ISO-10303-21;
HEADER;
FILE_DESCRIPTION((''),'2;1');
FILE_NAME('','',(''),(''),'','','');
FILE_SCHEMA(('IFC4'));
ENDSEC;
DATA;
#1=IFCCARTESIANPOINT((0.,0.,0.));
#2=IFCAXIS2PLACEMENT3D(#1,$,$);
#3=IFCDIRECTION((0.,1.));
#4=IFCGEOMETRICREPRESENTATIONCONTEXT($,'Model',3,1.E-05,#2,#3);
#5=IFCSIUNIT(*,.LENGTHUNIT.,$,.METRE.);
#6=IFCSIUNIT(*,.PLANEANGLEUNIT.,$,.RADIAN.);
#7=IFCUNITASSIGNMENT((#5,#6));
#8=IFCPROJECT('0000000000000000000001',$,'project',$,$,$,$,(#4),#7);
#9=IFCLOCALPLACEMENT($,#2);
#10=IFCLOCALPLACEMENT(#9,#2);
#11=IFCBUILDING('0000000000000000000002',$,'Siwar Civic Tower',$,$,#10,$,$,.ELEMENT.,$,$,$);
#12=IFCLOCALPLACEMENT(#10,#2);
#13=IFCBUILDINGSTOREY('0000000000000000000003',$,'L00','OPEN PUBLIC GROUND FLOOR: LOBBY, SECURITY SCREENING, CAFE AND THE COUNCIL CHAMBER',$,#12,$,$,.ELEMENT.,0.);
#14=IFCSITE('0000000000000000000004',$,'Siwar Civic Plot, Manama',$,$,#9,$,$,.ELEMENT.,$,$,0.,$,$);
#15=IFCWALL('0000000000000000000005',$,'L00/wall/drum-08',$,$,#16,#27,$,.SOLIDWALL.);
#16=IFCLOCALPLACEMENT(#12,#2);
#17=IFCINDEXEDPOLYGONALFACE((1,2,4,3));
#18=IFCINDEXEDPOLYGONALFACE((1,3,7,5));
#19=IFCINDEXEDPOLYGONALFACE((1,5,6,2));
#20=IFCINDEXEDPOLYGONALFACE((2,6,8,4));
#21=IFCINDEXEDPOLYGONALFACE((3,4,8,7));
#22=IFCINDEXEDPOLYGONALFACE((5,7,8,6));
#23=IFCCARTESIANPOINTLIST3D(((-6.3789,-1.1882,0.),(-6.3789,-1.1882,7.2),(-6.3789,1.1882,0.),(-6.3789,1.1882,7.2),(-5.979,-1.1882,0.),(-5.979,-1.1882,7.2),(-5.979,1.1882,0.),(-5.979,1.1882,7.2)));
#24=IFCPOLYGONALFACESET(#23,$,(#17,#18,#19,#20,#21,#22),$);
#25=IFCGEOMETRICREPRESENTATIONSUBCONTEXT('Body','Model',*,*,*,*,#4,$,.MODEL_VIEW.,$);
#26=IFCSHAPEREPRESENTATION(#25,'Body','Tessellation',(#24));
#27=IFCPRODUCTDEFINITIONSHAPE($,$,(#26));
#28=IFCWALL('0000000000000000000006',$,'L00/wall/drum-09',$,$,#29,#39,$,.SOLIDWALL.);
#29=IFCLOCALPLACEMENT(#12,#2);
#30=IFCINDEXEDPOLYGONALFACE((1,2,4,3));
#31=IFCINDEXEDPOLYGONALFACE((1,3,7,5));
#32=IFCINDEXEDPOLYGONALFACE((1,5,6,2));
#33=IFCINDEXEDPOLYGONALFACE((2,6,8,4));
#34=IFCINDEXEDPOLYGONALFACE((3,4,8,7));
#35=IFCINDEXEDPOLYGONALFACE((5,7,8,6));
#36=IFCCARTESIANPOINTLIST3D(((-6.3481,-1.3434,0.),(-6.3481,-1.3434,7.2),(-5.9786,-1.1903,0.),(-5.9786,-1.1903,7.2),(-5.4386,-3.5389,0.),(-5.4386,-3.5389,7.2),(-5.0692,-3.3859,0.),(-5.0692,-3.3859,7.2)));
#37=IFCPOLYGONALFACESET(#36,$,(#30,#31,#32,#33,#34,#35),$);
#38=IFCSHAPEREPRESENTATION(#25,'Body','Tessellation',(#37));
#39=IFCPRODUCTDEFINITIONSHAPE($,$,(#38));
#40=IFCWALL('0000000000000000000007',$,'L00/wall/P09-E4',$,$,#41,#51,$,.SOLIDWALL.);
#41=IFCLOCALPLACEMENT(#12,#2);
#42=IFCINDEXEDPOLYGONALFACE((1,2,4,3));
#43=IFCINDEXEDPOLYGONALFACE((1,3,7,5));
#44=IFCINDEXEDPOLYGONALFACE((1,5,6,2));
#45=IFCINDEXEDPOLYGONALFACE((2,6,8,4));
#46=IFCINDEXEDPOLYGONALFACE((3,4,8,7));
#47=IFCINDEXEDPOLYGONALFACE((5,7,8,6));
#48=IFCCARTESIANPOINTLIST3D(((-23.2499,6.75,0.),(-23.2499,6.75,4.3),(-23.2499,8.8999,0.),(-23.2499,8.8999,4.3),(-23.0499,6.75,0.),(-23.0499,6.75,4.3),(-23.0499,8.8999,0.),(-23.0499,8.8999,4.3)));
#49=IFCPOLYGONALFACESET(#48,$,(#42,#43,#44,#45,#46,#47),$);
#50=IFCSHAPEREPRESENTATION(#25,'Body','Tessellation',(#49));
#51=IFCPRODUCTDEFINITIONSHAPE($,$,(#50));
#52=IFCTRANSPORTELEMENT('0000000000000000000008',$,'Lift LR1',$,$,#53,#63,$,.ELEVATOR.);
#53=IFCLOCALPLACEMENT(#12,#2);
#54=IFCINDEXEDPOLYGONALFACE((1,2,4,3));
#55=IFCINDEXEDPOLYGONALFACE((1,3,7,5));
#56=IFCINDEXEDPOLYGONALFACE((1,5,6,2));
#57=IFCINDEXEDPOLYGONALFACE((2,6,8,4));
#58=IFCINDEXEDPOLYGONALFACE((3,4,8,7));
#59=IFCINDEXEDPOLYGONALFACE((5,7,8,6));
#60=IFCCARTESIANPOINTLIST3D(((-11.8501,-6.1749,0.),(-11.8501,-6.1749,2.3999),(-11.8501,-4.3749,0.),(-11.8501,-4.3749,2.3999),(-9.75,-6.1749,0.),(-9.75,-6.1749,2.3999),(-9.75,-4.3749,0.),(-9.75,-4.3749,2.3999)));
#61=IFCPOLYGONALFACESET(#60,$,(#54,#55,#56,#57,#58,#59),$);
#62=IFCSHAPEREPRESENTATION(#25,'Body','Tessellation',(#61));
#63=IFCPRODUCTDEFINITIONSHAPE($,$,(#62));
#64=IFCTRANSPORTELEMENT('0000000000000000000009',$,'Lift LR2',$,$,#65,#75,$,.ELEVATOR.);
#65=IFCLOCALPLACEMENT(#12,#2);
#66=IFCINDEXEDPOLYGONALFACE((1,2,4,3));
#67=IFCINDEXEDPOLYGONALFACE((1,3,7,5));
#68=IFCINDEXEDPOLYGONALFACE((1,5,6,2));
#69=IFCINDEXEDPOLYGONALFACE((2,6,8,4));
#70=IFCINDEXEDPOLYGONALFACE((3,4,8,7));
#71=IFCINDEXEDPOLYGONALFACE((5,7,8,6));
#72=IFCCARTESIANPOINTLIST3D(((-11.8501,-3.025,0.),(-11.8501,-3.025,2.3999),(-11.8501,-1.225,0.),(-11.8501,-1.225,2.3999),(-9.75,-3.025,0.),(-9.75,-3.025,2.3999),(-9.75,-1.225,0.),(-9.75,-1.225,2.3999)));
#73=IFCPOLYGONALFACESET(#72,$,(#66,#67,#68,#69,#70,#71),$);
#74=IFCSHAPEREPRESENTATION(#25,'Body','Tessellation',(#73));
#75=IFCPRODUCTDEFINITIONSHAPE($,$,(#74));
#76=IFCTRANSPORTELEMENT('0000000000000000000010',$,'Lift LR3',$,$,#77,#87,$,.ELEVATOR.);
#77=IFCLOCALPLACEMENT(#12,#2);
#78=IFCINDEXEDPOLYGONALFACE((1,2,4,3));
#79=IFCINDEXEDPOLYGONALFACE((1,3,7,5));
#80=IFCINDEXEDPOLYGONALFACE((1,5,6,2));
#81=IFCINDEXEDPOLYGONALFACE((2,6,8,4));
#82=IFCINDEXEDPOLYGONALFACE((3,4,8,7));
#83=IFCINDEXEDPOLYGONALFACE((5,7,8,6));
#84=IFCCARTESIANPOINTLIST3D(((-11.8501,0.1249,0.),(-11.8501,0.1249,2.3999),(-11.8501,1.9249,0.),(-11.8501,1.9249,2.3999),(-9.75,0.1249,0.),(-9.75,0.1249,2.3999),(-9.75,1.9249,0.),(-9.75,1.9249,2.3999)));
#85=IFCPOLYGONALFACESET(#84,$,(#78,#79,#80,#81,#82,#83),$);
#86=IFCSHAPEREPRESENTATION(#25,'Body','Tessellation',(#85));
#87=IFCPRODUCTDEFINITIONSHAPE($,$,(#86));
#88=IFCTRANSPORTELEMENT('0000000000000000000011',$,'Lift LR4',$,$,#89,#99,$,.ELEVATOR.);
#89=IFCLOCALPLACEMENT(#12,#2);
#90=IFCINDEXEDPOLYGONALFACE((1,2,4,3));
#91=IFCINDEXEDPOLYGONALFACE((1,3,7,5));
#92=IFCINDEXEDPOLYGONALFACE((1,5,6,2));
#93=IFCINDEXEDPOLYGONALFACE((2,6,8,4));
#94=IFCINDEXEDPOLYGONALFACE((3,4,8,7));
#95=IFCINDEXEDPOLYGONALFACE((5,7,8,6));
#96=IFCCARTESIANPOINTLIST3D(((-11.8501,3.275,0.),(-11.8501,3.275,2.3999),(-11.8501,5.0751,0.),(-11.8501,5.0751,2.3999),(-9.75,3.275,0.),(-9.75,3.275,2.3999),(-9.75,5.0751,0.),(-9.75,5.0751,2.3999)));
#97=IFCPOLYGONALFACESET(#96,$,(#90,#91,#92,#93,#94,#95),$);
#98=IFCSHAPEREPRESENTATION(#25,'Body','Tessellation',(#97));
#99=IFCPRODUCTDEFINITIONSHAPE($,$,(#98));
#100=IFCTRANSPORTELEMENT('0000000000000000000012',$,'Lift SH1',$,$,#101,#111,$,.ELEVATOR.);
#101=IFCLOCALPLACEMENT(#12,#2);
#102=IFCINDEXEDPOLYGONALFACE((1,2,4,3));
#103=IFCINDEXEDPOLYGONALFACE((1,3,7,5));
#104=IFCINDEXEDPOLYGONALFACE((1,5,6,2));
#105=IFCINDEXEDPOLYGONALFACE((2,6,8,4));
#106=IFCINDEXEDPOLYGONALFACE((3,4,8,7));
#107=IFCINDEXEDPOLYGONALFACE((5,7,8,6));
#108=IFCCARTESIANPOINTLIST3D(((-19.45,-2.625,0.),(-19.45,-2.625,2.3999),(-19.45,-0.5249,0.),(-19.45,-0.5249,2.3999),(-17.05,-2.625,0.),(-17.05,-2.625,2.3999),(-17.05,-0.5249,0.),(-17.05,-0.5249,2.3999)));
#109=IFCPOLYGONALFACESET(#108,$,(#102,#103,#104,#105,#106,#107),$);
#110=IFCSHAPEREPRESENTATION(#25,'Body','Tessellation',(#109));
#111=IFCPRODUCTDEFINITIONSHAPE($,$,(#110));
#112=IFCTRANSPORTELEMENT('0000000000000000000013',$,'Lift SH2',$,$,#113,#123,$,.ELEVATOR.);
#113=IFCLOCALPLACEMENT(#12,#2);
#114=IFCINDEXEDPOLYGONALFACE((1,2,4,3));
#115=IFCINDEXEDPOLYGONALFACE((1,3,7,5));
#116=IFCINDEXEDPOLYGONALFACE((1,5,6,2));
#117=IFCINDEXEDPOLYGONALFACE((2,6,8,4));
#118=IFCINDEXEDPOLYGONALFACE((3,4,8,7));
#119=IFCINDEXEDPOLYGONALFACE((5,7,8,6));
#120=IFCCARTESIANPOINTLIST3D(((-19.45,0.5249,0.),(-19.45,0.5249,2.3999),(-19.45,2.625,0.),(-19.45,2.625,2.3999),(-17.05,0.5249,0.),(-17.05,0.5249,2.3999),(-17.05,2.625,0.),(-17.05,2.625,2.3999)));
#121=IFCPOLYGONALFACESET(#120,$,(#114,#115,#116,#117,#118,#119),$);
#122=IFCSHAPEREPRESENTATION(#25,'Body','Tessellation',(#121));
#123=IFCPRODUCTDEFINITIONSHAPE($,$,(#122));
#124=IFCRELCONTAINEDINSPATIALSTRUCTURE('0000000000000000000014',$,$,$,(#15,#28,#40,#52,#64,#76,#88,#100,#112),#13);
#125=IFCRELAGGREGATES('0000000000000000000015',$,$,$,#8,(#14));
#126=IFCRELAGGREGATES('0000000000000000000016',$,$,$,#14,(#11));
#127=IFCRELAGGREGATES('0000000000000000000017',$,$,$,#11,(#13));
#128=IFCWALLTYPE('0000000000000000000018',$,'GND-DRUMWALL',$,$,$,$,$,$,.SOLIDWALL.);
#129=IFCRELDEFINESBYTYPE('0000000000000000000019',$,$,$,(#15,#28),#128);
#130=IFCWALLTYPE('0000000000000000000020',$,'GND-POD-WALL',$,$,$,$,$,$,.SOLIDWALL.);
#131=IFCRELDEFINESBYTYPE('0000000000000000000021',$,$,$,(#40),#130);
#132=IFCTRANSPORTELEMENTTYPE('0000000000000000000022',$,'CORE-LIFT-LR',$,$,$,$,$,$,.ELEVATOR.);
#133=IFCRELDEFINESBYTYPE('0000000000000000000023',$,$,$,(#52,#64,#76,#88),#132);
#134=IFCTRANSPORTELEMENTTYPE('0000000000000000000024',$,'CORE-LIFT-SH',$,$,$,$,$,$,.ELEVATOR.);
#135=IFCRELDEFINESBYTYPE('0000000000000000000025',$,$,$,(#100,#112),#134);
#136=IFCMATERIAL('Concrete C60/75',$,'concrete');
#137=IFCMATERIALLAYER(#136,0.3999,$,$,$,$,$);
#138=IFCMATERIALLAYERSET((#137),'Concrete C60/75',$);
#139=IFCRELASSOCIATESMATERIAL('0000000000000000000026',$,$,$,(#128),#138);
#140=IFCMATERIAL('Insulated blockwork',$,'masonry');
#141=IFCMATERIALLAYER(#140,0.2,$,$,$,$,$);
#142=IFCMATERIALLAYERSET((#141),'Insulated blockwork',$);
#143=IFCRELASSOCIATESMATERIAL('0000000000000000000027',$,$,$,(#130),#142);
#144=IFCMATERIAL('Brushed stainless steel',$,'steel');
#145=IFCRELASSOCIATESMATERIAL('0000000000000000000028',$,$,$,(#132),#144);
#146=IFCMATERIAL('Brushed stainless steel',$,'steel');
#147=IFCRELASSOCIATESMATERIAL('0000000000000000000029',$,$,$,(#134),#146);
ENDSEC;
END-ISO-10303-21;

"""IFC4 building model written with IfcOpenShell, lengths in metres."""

from ifc_helpers import new_model, si_unit, direction, frame, frame_2d, origin, origin_2d, place, context, subcontext, project, spatial, rectangle, extrude, material, layer, layer_set, type_object, element, save


model = new_model("IFC4")

# Units and contexts
model_context = context("Model", 3, precision=1e-05, world=origin(), true_north=direction((0.0, 1.0)))
body_context = subcontext(model_context, "Body", "Model", "MODEL_VIEW")
ifc_project = project(units=[si_unit("LENGTHUNIT", "METRE"), si_unit("PLANEANGLEUNIT", "RADIAN")], contexts=[model_context])

# Site, building, storey
site_placement = place(None, origin())
site = spatial("IfcSite", under=ifc_project, at=site_placement, Name="Siwar Civic Plot, Manama", CompositionType="ELEMENT", RefElevation=0.0)
building_placement = place(site_placement, origin())
building = spatial("IfcBuilding", under=site, at=building_placement, Name="Siwar Civic Tower", CompositionType="ELEMENT")
storey_placement = place(building_placement, origin())
storey = spatial("IfcBuildingStorey", under=building, at=storey_placement, Name="L00", Description="OPEN PUBLIC GROUND FLOOR: LOBBY, SECURITY SCREENING, CAFE AND THE COUNCIL CHAMBER", CompositionType="ELEMENT", Elevation=0.0)

# Walls
ifc_material_1 = material(Name="Concrete C60/75", Category="concrete")
ifc_layer_1 = layer(ifc_material_1, 0.3999)
ifc_layer_set_1 = layer_set([ifc_layer_1], Name="Concrete C60/75")
wall_type_1 = type_object("IfcWallType", Name="GND-DRUMWALL", PredefinedType="SOLIDWALL", material=ifc_layer_set_1)
for number, where, z_axis, x_axis, name in (
    (1, (-6.179, 1.1882, 0.0), (0.0, 0.0, 1.0), (0.0, -1.0, 0.0), "L00/wall/drum-08"),
    (2, (-6.1633, -1.2668, 0.0), (0.0, 0.0, 1.0), (0.382681, -0.92388, 0.0), "L00/wall/drum-09"),
):
    element("IfcWall", number, at=place(storey_placement, frame(where, z_axis=z_axis, x_axis=x_axis)), inside=storey, type_object=wall_type_1, Name=name, PredefinedType="SOLIDWALL", context=body_context, shape_type="SweptSolid", body=[
        extrude(rectangle(XDim=2.3765, YDim=0.3999, at=frame_2d((1.1882, 0.0))), origin(), (0.0, 0.0, 1.0), 7.2),
    ])
ifc_material_2 = material(Name="Insulated blockwork", Category="masonry")
ifc_layer_2 = layer(ifc_material_2, 0.2)
ifc_layer_set_2 = layer_set([ifc_layer_2], Name="Insulated blockwork")
wall_type_2 = type_object("IfcWallType", Name="GND-POD-WALL", PredefinedType="SOLIDWALL", material=ifc_layer_set_2)
wall_1_placement = place(storey_placement, frame((-23.1499, 6.75, 0.0), z_axis=(0.0, 0.0, 1.0), x_axis=(0.0, 1.0, 0.0)))
element("IfcWall", 3, at=wall_1_placement, inside=storey, type_object=wall_type_2, Name="L00/wall/P09-E4", PredefinedType="SOLIDWALL", context=body_context, shape_type="SweptSolid", body=[
    extrude(rectangle(XDim=2.1499, YDim=0.2, at=frame_2d((1.075, 0.0))), origin(), (0.0, 0.0, 1.0), 4.3),
])

# Transport elements
ifc_material_3 = material(Name="Brushed stainless steel", Category="steel")
transport_element_type_1 = type_object("IfcTransportElementType", Name="CORE-LIFT-LR", PredefinedType="ELEVATOR", material=ifc_material_3)
for number, where, z_axis, x_axis, name in (
    (4, (-10.8, -5.2749, 0.0), (0.0, 0.0, 1.0), (1.0, 0.0, 0.0), "Lift LR1"),
    (5, (-10.8, -2.125, 0.0), (0.0, 0.0, 1.0), (1.0, 0.0, 0.0), "Lift LR2"),
    (6, (-10.8, 1.0249, 0.0), (0.0, 0.0, 1.0), (1.0, 0.0, 0.0), "Lift LR3"),
    (7, (-10.8, 4.175, 0.0), (0.0, 0.0, 1.0), (1.0, 0.0, 0.0), "Lift LR4"),
):
    element("IfcTransportElement", number, at=place(storey_placement, frame(where, z_axis=z_axis, x_axis=x_axis)), inside=storey, type_object=transport_element_type_1, Name=name, PredefinedType="ELEVATOR", context=body_context, shape_type="SweptSolid", body=[
        extrude(rectangle(XDim=2.1001, YDim=1.8, at=origin_2d()), origin(), (0.0, 0.0, 1.0), 2.3999),
    ])
ifc_material_4 = material(Name="Brushed stainless steel", Category="steel")
transport_element_type_2 = type_object("IfcTransportElementType", Name="CORE-LIFT-SH", PredefinedType="ELEVATOR", material=ifc_material_4)
for number, where, z_axis, x_axis, name in (
    (8, (-18.25, -1.575, 0.0), (0.0, 0.0, 1.0), (1.0, 0.0, 0.0), "Lift SH1"),
    (9, (-18.25, 1.575, 0.0), (0.0, 0.0, 1.0), (1.0, 0.0, 0.0), "Lift SH2"),
):
    element("IfcTransportElement", number, at=place(storey_placement, frame(where, z_axis=z_axis, x_axis=x_axis)), inside=storey, type_object=transport_element_type_2, Name=name, PredefinedType="ELEVATOR", context=body_context, shape_type="SweptSolid", body=[
        extrude(rectangle(XDim=2.3999, YDim=2.1001, at=origin_2d()), origin(), (0.0, 0.0, 1.0), 2.3999),
    ])

save(model, "model.ifc")
